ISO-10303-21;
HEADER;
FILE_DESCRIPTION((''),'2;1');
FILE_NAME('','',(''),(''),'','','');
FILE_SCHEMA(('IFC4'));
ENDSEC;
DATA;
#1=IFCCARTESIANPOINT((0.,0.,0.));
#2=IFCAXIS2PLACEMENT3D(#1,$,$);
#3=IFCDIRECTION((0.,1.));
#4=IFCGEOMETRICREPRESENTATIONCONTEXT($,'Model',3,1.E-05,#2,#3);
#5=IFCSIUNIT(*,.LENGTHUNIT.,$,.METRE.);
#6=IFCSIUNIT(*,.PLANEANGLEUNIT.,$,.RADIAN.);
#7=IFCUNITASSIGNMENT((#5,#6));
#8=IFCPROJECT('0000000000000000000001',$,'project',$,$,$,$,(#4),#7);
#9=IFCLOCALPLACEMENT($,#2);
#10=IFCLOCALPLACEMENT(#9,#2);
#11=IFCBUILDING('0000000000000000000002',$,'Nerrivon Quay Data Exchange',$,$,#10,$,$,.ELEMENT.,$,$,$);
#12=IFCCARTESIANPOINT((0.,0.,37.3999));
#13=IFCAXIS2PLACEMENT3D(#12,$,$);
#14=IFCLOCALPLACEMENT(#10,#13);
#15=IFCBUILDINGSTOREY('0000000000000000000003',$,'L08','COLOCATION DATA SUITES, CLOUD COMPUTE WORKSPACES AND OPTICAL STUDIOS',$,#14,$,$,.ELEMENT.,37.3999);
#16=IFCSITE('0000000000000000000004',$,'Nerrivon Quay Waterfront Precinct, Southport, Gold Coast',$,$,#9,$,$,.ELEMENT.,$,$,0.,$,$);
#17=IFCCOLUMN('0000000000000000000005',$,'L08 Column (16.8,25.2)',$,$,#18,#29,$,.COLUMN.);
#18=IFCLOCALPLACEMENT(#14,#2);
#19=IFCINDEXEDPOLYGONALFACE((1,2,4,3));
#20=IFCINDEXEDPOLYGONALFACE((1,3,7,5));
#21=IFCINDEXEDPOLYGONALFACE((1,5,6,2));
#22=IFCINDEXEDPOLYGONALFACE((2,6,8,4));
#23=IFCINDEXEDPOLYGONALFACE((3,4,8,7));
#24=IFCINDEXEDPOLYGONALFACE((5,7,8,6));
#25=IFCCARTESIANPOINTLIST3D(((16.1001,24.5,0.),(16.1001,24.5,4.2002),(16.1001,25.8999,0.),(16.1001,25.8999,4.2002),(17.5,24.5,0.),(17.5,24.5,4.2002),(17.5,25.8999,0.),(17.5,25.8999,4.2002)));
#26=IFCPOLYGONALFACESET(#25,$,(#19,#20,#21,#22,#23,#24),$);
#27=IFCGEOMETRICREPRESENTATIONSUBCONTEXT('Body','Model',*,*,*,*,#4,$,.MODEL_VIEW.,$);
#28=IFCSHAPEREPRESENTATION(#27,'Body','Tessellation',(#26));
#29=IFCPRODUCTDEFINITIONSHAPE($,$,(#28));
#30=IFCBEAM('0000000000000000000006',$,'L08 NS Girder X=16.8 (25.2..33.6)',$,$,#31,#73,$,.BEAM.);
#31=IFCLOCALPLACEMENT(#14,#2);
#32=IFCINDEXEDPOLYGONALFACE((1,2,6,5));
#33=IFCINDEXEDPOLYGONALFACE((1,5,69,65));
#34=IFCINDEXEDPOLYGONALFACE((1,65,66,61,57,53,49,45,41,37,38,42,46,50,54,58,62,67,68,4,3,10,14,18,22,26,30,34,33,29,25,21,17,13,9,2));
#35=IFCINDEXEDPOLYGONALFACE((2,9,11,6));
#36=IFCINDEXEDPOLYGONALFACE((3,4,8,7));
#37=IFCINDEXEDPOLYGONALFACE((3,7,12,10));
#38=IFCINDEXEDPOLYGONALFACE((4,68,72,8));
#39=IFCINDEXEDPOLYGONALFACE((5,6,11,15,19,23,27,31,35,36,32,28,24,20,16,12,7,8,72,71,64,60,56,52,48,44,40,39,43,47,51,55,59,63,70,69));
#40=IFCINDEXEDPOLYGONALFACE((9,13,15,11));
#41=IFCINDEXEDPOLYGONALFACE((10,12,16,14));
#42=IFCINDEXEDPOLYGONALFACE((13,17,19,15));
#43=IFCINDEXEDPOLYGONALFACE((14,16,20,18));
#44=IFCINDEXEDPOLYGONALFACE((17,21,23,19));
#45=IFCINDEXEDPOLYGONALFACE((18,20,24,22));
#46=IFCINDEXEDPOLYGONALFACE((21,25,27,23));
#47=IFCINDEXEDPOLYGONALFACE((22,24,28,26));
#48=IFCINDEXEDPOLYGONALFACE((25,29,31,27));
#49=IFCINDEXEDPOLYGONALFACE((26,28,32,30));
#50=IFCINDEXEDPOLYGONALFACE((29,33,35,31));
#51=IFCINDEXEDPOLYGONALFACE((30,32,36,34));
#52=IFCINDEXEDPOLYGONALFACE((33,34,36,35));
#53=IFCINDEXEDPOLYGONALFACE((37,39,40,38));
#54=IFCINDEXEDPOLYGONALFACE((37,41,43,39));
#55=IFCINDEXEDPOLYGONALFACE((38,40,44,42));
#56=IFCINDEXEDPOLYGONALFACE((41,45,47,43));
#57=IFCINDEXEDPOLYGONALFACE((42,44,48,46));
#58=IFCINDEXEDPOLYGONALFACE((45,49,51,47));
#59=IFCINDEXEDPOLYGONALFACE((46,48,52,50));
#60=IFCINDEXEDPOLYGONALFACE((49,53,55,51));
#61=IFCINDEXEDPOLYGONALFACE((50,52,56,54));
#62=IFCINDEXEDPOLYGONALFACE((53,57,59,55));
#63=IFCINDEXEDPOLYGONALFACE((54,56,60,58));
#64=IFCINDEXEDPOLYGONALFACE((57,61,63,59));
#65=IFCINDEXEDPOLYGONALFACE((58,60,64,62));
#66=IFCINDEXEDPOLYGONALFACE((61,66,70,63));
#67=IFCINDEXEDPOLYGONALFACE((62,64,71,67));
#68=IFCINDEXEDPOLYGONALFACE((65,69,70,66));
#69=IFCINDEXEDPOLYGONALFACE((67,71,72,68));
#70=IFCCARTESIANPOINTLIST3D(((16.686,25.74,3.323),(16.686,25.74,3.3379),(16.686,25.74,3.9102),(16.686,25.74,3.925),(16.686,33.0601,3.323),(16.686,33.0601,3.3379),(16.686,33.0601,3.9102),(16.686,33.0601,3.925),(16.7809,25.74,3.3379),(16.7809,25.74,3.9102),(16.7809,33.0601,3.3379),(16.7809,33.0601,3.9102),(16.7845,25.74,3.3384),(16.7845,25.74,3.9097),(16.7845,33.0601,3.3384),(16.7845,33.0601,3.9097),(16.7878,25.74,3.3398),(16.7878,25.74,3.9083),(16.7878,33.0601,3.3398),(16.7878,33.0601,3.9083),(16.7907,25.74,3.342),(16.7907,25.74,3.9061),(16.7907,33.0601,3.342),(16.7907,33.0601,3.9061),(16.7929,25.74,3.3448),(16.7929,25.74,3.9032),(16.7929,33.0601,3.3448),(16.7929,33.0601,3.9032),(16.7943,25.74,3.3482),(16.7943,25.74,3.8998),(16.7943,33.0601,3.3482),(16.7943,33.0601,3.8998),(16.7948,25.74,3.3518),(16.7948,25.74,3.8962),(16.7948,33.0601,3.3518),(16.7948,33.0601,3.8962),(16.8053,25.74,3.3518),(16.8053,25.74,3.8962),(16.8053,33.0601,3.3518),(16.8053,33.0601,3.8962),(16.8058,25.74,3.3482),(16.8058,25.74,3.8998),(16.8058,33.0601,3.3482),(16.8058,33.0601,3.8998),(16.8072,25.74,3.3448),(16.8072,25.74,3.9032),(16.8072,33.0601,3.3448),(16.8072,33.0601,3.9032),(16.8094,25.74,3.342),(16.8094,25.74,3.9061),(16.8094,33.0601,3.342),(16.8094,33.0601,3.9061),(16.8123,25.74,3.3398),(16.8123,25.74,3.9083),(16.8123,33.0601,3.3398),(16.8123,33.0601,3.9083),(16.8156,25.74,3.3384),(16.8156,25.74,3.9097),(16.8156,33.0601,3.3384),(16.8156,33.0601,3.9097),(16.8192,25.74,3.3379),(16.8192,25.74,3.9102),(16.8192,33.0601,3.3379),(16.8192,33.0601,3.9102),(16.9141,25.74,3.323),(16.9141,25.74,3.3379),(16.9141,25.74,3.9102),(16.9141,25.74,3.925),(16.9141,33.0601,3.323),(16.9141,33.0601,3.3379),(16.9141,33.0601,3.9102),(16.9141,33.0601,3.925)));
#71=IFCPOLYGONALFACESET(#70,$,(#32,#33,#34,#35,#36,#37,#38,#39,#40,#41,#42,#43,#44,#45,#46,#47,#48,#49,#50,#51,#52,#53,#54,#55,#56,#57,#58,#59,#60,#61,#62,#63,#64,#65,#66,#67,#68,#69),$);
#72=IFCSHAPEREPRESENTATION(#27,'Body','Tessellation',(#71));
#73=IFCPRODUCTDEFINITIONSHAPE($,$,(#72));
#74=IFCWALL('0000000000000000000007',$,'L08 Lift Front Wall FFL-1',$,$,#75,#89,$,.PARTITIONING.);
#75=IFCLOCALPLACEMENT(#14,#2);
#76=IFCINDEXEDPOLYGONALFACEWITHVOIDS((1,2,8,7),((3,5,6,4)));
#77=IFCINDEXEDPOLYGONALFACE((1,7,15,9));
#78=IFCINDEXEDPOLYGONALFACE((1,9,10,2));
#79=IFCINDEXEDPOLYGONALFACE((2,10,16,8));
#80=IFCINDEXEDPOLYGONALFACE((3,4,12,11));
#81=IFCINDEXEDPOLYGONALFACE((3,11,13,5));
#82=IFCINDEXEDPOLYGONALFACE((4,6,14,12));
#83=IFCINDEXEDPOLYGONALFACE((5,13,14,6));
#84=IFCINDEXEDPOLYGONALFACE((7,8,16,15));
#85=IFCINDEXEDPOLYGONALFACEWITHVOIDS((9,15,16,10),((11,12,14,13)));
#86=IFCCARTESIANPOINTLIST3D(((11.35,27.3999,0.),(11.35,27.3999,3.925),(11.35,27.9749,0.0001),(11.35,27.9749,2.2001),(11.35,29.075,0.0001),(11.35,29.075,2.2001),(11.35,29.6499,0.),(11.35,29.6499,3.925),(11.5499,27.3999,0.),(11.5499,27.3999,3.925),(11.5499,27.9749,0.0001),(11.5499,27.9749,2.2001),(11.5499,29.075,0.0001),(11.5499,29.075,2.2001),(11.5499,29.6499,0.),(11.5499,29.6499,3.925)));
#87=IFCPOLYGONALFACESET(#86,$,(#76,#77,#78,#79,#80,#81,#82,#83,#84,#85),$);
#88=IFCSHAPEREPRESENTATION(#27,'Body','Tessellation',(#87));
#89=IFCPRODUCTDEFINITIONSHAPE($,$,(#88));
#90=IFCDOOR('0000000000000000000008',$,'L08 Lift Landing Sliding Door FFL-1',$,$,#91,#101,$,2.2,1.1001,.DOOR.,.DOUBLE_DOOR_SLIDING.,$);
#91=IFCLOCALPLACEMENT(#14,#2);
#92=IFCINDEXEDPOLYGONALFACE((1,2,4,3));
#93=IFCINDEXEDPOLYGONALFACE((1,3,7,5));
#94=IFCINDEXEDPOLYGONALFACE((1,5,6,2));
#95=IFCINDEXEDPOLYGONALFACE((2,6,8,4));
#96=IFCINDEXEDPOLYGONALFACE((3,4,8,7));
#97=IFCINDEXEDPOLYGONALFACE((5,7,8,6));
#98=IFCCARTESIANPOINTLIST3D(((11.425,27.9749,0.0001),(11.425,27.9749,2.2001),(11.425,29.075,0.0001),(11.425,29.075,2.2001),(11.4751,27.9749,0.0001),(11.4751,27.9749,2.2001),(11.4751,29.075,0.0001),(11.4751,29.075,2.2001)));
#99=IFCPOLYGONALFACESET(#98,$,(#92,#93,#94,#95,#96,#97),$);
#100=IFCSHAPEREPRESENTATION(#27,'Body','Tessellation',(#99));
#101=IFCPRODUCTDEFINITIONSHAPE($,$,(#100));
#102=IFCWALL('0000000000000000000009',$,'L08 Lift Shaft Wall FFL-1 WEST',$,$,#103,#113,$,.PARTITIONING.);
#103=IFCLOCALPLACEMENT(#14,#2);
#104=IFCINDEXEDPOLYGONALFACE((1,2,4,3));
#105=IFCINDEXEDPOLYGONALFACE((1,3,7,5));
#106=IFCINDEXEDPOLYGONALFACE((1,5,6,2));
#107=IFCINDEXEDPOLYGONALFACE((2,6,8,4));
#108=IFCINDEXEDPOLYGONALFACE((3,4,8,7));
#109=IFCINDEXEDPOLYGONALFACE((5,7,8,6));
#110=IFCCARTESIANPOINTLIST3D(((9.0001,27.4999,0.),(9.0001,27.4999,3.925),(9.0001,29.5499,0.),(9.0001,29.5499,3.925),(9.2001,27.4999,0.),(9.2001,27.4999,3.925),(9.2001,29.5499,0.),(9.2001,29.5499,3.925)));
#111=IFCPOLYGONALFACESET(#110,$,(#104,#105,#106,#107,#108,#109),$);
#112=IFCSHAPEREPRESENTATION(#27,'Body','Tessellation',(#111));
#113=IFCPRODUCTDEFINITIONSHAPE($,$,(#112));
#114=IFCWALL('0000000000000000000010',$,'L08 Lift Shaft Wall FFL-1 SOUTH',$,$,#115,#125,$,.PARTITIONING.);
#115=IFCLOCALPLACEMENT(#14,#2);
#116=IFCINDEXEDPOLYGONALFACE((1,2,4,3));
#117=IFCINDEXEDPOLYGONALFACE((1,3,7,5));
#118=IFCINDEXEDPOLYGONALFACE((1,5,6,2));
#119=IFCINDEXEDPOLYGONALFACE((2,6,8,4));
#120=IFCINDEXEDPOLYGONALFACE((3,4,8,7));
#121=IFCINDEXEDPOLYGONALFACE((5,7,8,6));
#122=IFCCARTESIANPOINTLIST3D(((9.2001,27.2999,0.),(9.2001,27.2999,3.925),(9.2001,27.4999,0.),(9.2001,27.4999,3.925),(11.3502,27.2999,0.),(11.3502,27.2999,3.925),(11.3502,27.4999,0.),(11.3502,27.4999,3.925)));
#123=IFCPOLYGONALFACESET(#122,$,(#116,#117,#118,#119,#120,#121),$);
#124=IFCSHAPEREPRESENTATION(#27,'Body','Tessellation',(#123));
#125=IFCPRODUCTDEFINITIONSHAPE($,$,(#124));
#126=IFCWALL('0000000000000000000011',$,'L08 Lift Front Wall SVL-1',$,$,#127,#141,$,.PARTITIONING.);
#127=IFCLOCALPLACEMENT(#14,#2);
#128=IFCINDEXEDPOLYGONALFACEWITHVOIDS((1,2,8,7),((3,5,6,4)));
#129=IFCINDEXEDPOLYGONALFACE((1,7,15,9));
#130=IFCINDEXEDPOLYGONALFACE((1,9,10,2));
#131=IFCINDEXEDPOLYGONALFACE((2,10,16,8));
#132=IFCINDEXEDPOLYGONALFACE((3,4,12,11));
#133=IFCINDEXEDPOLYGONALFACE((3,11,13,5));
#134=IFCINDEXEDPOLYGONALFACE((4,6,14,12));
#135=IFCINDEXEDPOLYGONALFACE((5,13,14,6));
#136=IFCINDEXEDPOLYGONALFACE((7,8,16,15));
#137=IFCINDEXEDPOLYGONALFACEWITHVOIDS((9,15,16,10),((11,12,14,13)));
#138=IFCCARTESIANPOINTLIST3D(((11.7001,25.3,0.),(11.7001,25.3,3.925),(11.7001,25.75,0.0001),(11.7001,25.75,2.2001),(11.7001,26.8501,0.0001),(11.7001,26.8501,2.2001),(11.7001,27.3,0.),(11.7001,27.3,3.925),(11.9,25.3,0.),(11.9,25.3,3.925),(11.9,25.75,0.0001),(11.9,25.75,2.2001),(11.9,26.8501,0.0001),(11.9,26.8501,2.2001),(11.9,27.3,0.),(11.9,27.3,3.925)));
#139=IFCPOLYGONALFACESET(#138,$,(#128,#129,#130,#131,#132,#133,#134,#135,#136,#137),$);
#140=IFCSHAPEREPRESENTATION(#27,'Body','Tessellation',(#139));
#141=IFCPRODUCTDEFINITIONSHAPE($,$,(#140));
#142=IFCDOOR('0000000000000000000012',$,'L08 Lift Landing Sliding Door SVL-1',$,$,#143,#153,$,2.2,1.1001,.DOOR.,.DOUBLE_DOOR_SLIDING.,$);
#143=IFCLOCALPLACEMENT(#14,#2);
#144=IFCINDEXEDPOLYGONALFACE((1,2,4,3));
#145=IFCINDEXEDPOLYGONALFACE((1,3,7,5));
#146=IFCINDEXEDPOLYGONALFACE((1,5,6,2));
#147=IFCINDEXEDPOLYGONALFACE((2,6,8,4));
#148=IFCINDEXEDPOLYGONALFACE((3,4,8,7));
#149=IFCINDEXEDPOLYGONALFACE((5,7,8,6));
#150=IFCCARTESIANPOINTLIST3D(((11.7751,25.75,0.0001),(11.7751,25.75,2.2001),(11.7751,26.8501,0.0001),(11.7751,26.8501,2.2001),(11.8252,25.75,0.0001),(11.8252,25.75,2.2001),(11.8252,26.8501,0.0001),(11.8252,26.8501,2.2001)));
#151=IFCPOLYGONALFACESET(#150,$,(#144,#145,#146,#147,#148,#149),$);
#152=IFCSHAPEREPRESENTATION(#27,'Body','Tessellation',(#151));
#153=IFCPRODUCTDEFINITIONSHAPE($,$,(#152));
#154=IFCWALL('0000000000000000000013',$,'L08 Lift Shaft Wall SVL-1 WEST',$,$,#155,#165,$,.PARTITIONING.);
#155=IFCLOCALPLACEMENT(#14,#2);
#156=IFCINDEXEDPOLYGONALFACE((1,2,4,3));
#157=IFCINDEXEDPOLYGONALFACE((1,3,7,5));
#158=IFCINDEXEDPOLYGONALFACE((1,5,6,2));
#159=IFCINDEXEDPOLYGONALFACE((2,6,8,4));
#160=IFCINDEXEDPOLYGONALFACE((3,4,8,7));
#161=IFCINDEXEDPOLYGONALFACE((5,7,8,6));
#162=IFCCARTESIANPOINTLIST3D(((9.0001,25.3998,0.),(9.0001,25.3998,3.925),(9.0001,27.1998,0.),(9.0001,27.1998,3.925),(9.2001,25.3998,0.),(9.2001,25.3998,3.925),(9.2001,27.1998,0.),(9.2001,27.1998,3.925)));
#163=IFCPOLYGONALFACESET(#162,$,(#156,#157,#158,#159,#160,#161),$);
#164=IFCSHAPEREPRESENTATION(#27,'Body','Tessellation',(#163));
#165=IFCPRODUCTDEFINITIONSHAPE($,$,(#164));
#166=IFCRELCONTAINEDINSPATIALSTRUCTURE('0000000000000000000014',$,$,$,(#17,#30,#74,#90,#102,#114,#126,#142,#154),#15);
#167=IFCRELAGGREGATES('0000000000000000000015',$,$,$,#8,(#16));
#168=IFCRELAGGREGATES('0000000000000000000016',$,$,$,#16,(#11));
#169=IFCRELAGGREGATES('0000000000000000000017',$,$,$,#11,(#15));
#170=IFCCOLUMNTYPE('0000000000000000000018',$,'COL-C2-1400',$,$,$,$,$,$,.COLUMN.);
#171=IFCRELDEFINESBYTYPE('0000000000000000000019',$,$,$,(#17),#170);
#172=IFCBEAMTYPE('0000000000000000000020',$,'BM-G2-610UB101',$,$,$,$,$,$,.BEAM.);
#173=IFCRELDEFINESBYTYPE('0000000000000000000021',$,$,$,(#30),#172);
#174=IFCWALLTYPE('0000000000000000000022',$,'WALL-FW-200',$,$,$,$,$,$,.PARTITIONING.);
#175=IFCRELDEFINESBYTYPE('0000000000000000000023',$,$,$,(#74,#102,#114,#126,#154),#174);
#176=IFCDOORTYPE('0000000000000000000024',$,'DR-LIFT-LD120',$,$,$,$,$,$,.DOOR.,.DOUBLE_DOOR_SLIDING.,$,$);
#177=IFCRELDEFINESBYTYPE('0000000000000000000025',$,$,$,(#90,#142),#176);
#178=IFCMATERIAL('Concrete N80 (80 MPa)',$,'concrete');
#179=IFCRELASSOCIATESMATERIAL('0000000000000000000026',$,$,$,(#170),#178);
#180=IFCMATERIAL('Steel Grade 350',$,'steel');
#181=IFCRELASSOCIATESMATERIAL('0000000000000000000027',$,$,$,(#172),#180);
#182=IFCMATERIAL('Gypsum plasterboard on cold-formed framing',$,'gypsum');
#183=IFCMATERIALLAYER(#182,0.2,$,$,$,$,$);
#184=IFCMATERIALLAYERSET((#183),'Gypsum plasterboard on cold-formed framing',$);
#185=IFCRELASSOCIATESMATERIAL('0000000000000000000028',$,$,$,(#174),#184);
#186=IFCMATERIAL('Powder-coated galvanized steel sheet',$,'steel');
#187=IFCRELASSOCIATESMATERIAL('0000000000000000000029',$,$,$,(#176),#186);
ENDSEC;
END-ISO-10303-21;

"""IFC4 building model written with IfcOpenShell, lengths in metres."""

from ifc_helpers import new_model, si_unit, direction, frame, frame_2d, origin, origin_2d, place, context, subcontext, project, spatial, rectangle, i_section, extrude, material, layer, layer_set, material_profile, profile_set, type_object, element, fill, save


model = new_model("IFC4")

# Units and contexts
model_context = context("Model", 3, precision=1e-05, world=origin(), true_north=direction((0.0, 1.0)))
body_context = subcontext(model_context, "Body", "Model", "MODEL_VIEW")
ifc_project = project(units=[si_unit("LENGTHUNIT", "METRE"), si_unit("PLANEANGLEUNIT", "RADIAN")], contexts=[model_context])

# Site, building, storey
site_placement = place(None, origin())
site = spatial("IfcSite", under=ifc_project, at=site_placement, Name="Nerrivon Quay Waterfront Precinct, Southport, Gold Coast", CompositionType="ELEMENT", RefElevation=0.0)
building_placement = place(site_placement, origin())
building = spatial("IfcBuilding", under=site, at=building_placement, Name="Nerrivon Quay Data Exchange", CompositionType="ELEMENT")
storey_placement = place(building_placement, frame((0.0, 0.0, 37.3999)))
storey = spatial("IfcBuildingStorey", under=building, at=storey_placement, Name="L08", Description="COLOCATION DATA SUITES, CLOUD COMPUTE WORKSPACES AND OPTICAL STUDIOS", CompositionType="ELEMENT", Elevation=37.3999)

# Column
ifc_material_1 = material(Name="Concrete N80 (80 MPa)", Category="concrete")
ifc_material_profile_1 = material_profile(ifc_material_1, rectangle(XDim=1.3999, YDim=1.3999, at=origin_2d()), Name="RC-COL-1400x1400")
ifc_profile_set_1 = profile_set([ifc_material_profile_1], Name="Concrete N80 (80 MPa)")
column_type = type_object("IfcColumnType", Name="COL-C2-1400", PredefinedType="COLUMN", material=ifc_profile_set_1)
column_placement = place(storey_placement, frame((16.8, 25.2, 0.0), z_axis=(0.0, 0.0, 1.0), x_axis=(1.0, 0.0, 0.0)))
element("IfcColumn", 1, at=column_placement, inside=storey, type_object=column_type, Name="L08 Column (16.8,25.2)", PredefinedType="COLUMN", context=body_context, shape_type="SweptSolid", body=[
    extrude(rectangle(XDim=1.3999, YDim=1.3999, at=origin_2d()), origin(), (0.0, 0.0, 1.0), 4.2002),
])

# Beam
ifc_material_2 = material(Name="Steel Grade 350", Category="steel")
ifc_material_profile_2 = material_profile(ifc_material_2, i_section(OverallWidth=0.228, OverallDepth=0.6021, WebThickness=0.0105, FlangeThickness=0.0149, FilletRadius=0.0139, at=origin_2d()), Name="610UB101")
ifc_profile_set_2 = profile_set([ifc_material_profile_2], Name="Steel Grade 350")
beam_type = type_object("IfcBeamType", Name="BM-G2-610UB101", PredefinedType="BEAM", material=ifc_profile_set_2)
beam_placement = place(storey_placement, frame((16.8, 25.74, 3.624), z_axis=(0.0, 1.0, 0.0), x_axis=(-1.0, 0.0, 0.0)))
element("IfcBeam", 2, at=beam_placement, inside=storey, type_object=beam_type, Name="L08 NS Girder X=16.8 (25.2..33.6)", PredefinedType="BEAM", context=body_context, shape_type="SweptSolid", body=[
    extrude(i_section(OverallWidth=0.228, OverallDepth=0.6021, WebThickness=0.0105, FlangeThickness=0.0149, FilletRadius=0.0139, at=origin_2d()), origin(), (0.0, 0.0, 1.0), 7.3201),
])

# Wall, opening, door
ifc_material_3 = material(Name="Gypsum plasterboard on cold-formed framing", Category="gypsum")
ifc_layer = layer(ifc_material_3, 0.2)
ifc_layer_set = layer_set([ifc_layer], Name="Gypsum plasterboard on cold-formed framing")
wall_type = type_object("IfcWallType", Name="WALL-FW-200", PredefinedType="PARTITIONING", material=ifc_layer_set)
wall_1_placement = place(storey_placement, frame((11.45, 27.3999, 0.0), z_axis=(0.0, 0.0, 1.0), x_axis=(0.0, 1.0, 0.0)))
wall_1 = element("IfcWall", 3, at=wall_1_placement, inside=storey, type_object=wall_type, Name="L08 Lift Front Wall FFL-1", PredefinedType="PARTITIONING", context=body_context, shape_type="SweptSolid", body=[
    extrude(rectangle(XDim=2.25, YDim=0.2, at=frame_2d((1.125, 0.0))), origin(), (0.0, 0.0, 1.0), 3.925),
])
opening_1_placement = place(wall_1_placement, frame((0.575, 0.0, 0.0)))
opening_1 = element("IfcOpeningElement", 4, at=opening_1_placement, cuts=wall_1, PredefinedType="OPENING", context=body_context, shape_type="SweptSolid", body=[
    extrude(rectangle(XDim=1.1001, YDim=2.2, at=frame_2d((0.55, 1.1001))), frame((0.0, 0.1099, 0.0), z_axis=(0.0, -1.0, 0.0), x_axis=(1.0, 0.0, 0.0)), (0.0, 0.0, 1.0), 0.22),
])
ifc_material_4 = material(Name="Powder-coated galvanized steel sheet", Category="steel")
door_type = type_object("IfcDoorType", Name="DR-LIFT-LD120", OperationType="DOUBLE_DOOR_SLIDING", PredefinedType="DOOR", material=ifc_material_4)
door_1_placement = place(opening_1_placement, origin())
door_1 = element("IfcDoor", 5, at=door_1_placement, inside=storey, type_object=door_type, Name="L08 Lift Landing Sliding Door FFL-1", OperationType="DOUBLE_DOOR_SLIDING", OverallHeight=2.2, OverallWidth=1.1001, PredefinedType="DOOR", context=body_context, shape_type="SweptSolid", body=[
    extrude(rectangle(XDim=1.1001, YDim=2.2, at=frame_2d((0.55, 1.1001))), frame((0.0, 0.0249, 0.0), z_axis=(0.0, -1.0, 0.0), x_axis=(1.0, 0.0, 0.0)), (0.0, 0.0, 1.0), 0.05),
])
fill(opening_1, door_1)

# Walls
wall_2_placement = place(storey_placement, frame((9.1001, 27.5, 0.0), z_axis=(0.0, 0.0, 1.0), x_axis=(0.0, 1.0, 0.0)))
element("IfcWall", 6, at=wall_2_placement, inside=storey, type_object=wall_type, Name="L08 Lift Shaft Wall FFL-1 WEST", PredefinedType="PARTITIONING", context=body_context, shape_type="SweptSolid", body=[
    extrude(rectangle(XDim=2.05, YDim=0.2, at=frame_2d((1.0249, 0.0))), origin(), (0.0, 0.0, 1.0), 3.925),
])
wall_3_placement = place(storey_placement, frame((9.2, 27.3999, 0.0), z_axis=(0.0, 0.0, 1.0), x_axis=(1.0, 0.0, 0.0)))
element("IfcWall", 7, at=wall_3_placement, inside=storey, type_object=wall_type, Name="L08 Lift Shaft Wall FFL-1 SOUTH", PredefinedType="PARTITIONING", context=body_context, shape_type="SweptSolid", body=[
    extrude(rectangle(XDim=2.1501, YDim=0.2, at=frame_2d((1.0752, 0.0))), origin(), (0.0, 0.0, 1.0), 3.925),
])

# Wall, opening, door
wall_4_placement = place(storey_placement, frame((11.8, 25.3, 0.0), z_axis=(0.0, 0.0, 1.0), x_axis=(0.0, 1.0, 0.0)))
wall_4 = element("IfcWall", 8, at=wall_4_placement, inside=storey, type_object=wall_type, Name="L08 Lift Front Wall SVL-1", PredefinedType="PARTITIONING", context=body_context, shape_type="SweptSolid", body=[
    extrude(rectangle(XDim=2.0, YDim=0.2, at=frame_2d((1.0, 0.0))), origin(), (0.0, 0.0, 1.0), 3.925),
])
opening_2_placement = place(wall_4_placement, frame((0.45, 0.0, 0.0)))
opening_2 = element("IfcOpeningElement", 9, at=opening_2_placement, cuts=wall_4, PredefinedType="OPENING", context=body_context, shape_type="SweptSolid", body=[
    extrude(rectangle(XDim=1.1001, YDim=2.2, at=frame_2d((0.55, 1.1001))), frame((0.0, 0.1099, 0.0), z_axis=(0.0, -1.0, 0.0), x_axis=(1.0, 0.0, 0.0)), (0.0, 0.0, 1.0), 0.22),
])
door_2_placement = place(opening_2_placement, origin())
door_2 = element("IfcDoor", 10, at=door_2_placement, inside=storey, type_object=door_type, Name="L08 Lift Landing Sliding Door SVL-1", OperationType="DOUBLE_DOOR_SLIDING", OverallHeight=2.2, OverallWidth=1.1001, PredefinedType="DOOR", context=body_context, shape_type="SweptSolid", body=[
    extrude(rectangle(XDim=1.1001, YDim=2.2, at=frame_2d((0.55, 1.1001))), frame((0.0, 0.0249, 0.0), z_axis=(0.0, -1.0, 0.0), x_axis=(1.0, 0.0, 0.0)), (0.0, 0.0, 1.0), 0.05),
])
fill(opening_2, door_2)

# Wall
wall_5_placement = place(storey_placement, frame((9.1001, 25.3999, 0.0), z_axis=(0.0, 0.0, 1.0), x_axis=(0.0, 1.0, 0.0)))
element("IfcWall", 11, at=wall_5_placement, inside=storey, type_object=wall_type, Name="L08 Lift Shaft Wall SVL-1 WEST", PredefinedType="PARTITIONING", context=body_context, shape_type="SweptSolid", body=[
    extrude(rectangle(XDim=1.8, YDim=0.2, at=frame_2d((0.8999, 0.0))), origin(), (0.0, 0.0, 1.0), 3.925),
])

save(model, "model.ifc")
